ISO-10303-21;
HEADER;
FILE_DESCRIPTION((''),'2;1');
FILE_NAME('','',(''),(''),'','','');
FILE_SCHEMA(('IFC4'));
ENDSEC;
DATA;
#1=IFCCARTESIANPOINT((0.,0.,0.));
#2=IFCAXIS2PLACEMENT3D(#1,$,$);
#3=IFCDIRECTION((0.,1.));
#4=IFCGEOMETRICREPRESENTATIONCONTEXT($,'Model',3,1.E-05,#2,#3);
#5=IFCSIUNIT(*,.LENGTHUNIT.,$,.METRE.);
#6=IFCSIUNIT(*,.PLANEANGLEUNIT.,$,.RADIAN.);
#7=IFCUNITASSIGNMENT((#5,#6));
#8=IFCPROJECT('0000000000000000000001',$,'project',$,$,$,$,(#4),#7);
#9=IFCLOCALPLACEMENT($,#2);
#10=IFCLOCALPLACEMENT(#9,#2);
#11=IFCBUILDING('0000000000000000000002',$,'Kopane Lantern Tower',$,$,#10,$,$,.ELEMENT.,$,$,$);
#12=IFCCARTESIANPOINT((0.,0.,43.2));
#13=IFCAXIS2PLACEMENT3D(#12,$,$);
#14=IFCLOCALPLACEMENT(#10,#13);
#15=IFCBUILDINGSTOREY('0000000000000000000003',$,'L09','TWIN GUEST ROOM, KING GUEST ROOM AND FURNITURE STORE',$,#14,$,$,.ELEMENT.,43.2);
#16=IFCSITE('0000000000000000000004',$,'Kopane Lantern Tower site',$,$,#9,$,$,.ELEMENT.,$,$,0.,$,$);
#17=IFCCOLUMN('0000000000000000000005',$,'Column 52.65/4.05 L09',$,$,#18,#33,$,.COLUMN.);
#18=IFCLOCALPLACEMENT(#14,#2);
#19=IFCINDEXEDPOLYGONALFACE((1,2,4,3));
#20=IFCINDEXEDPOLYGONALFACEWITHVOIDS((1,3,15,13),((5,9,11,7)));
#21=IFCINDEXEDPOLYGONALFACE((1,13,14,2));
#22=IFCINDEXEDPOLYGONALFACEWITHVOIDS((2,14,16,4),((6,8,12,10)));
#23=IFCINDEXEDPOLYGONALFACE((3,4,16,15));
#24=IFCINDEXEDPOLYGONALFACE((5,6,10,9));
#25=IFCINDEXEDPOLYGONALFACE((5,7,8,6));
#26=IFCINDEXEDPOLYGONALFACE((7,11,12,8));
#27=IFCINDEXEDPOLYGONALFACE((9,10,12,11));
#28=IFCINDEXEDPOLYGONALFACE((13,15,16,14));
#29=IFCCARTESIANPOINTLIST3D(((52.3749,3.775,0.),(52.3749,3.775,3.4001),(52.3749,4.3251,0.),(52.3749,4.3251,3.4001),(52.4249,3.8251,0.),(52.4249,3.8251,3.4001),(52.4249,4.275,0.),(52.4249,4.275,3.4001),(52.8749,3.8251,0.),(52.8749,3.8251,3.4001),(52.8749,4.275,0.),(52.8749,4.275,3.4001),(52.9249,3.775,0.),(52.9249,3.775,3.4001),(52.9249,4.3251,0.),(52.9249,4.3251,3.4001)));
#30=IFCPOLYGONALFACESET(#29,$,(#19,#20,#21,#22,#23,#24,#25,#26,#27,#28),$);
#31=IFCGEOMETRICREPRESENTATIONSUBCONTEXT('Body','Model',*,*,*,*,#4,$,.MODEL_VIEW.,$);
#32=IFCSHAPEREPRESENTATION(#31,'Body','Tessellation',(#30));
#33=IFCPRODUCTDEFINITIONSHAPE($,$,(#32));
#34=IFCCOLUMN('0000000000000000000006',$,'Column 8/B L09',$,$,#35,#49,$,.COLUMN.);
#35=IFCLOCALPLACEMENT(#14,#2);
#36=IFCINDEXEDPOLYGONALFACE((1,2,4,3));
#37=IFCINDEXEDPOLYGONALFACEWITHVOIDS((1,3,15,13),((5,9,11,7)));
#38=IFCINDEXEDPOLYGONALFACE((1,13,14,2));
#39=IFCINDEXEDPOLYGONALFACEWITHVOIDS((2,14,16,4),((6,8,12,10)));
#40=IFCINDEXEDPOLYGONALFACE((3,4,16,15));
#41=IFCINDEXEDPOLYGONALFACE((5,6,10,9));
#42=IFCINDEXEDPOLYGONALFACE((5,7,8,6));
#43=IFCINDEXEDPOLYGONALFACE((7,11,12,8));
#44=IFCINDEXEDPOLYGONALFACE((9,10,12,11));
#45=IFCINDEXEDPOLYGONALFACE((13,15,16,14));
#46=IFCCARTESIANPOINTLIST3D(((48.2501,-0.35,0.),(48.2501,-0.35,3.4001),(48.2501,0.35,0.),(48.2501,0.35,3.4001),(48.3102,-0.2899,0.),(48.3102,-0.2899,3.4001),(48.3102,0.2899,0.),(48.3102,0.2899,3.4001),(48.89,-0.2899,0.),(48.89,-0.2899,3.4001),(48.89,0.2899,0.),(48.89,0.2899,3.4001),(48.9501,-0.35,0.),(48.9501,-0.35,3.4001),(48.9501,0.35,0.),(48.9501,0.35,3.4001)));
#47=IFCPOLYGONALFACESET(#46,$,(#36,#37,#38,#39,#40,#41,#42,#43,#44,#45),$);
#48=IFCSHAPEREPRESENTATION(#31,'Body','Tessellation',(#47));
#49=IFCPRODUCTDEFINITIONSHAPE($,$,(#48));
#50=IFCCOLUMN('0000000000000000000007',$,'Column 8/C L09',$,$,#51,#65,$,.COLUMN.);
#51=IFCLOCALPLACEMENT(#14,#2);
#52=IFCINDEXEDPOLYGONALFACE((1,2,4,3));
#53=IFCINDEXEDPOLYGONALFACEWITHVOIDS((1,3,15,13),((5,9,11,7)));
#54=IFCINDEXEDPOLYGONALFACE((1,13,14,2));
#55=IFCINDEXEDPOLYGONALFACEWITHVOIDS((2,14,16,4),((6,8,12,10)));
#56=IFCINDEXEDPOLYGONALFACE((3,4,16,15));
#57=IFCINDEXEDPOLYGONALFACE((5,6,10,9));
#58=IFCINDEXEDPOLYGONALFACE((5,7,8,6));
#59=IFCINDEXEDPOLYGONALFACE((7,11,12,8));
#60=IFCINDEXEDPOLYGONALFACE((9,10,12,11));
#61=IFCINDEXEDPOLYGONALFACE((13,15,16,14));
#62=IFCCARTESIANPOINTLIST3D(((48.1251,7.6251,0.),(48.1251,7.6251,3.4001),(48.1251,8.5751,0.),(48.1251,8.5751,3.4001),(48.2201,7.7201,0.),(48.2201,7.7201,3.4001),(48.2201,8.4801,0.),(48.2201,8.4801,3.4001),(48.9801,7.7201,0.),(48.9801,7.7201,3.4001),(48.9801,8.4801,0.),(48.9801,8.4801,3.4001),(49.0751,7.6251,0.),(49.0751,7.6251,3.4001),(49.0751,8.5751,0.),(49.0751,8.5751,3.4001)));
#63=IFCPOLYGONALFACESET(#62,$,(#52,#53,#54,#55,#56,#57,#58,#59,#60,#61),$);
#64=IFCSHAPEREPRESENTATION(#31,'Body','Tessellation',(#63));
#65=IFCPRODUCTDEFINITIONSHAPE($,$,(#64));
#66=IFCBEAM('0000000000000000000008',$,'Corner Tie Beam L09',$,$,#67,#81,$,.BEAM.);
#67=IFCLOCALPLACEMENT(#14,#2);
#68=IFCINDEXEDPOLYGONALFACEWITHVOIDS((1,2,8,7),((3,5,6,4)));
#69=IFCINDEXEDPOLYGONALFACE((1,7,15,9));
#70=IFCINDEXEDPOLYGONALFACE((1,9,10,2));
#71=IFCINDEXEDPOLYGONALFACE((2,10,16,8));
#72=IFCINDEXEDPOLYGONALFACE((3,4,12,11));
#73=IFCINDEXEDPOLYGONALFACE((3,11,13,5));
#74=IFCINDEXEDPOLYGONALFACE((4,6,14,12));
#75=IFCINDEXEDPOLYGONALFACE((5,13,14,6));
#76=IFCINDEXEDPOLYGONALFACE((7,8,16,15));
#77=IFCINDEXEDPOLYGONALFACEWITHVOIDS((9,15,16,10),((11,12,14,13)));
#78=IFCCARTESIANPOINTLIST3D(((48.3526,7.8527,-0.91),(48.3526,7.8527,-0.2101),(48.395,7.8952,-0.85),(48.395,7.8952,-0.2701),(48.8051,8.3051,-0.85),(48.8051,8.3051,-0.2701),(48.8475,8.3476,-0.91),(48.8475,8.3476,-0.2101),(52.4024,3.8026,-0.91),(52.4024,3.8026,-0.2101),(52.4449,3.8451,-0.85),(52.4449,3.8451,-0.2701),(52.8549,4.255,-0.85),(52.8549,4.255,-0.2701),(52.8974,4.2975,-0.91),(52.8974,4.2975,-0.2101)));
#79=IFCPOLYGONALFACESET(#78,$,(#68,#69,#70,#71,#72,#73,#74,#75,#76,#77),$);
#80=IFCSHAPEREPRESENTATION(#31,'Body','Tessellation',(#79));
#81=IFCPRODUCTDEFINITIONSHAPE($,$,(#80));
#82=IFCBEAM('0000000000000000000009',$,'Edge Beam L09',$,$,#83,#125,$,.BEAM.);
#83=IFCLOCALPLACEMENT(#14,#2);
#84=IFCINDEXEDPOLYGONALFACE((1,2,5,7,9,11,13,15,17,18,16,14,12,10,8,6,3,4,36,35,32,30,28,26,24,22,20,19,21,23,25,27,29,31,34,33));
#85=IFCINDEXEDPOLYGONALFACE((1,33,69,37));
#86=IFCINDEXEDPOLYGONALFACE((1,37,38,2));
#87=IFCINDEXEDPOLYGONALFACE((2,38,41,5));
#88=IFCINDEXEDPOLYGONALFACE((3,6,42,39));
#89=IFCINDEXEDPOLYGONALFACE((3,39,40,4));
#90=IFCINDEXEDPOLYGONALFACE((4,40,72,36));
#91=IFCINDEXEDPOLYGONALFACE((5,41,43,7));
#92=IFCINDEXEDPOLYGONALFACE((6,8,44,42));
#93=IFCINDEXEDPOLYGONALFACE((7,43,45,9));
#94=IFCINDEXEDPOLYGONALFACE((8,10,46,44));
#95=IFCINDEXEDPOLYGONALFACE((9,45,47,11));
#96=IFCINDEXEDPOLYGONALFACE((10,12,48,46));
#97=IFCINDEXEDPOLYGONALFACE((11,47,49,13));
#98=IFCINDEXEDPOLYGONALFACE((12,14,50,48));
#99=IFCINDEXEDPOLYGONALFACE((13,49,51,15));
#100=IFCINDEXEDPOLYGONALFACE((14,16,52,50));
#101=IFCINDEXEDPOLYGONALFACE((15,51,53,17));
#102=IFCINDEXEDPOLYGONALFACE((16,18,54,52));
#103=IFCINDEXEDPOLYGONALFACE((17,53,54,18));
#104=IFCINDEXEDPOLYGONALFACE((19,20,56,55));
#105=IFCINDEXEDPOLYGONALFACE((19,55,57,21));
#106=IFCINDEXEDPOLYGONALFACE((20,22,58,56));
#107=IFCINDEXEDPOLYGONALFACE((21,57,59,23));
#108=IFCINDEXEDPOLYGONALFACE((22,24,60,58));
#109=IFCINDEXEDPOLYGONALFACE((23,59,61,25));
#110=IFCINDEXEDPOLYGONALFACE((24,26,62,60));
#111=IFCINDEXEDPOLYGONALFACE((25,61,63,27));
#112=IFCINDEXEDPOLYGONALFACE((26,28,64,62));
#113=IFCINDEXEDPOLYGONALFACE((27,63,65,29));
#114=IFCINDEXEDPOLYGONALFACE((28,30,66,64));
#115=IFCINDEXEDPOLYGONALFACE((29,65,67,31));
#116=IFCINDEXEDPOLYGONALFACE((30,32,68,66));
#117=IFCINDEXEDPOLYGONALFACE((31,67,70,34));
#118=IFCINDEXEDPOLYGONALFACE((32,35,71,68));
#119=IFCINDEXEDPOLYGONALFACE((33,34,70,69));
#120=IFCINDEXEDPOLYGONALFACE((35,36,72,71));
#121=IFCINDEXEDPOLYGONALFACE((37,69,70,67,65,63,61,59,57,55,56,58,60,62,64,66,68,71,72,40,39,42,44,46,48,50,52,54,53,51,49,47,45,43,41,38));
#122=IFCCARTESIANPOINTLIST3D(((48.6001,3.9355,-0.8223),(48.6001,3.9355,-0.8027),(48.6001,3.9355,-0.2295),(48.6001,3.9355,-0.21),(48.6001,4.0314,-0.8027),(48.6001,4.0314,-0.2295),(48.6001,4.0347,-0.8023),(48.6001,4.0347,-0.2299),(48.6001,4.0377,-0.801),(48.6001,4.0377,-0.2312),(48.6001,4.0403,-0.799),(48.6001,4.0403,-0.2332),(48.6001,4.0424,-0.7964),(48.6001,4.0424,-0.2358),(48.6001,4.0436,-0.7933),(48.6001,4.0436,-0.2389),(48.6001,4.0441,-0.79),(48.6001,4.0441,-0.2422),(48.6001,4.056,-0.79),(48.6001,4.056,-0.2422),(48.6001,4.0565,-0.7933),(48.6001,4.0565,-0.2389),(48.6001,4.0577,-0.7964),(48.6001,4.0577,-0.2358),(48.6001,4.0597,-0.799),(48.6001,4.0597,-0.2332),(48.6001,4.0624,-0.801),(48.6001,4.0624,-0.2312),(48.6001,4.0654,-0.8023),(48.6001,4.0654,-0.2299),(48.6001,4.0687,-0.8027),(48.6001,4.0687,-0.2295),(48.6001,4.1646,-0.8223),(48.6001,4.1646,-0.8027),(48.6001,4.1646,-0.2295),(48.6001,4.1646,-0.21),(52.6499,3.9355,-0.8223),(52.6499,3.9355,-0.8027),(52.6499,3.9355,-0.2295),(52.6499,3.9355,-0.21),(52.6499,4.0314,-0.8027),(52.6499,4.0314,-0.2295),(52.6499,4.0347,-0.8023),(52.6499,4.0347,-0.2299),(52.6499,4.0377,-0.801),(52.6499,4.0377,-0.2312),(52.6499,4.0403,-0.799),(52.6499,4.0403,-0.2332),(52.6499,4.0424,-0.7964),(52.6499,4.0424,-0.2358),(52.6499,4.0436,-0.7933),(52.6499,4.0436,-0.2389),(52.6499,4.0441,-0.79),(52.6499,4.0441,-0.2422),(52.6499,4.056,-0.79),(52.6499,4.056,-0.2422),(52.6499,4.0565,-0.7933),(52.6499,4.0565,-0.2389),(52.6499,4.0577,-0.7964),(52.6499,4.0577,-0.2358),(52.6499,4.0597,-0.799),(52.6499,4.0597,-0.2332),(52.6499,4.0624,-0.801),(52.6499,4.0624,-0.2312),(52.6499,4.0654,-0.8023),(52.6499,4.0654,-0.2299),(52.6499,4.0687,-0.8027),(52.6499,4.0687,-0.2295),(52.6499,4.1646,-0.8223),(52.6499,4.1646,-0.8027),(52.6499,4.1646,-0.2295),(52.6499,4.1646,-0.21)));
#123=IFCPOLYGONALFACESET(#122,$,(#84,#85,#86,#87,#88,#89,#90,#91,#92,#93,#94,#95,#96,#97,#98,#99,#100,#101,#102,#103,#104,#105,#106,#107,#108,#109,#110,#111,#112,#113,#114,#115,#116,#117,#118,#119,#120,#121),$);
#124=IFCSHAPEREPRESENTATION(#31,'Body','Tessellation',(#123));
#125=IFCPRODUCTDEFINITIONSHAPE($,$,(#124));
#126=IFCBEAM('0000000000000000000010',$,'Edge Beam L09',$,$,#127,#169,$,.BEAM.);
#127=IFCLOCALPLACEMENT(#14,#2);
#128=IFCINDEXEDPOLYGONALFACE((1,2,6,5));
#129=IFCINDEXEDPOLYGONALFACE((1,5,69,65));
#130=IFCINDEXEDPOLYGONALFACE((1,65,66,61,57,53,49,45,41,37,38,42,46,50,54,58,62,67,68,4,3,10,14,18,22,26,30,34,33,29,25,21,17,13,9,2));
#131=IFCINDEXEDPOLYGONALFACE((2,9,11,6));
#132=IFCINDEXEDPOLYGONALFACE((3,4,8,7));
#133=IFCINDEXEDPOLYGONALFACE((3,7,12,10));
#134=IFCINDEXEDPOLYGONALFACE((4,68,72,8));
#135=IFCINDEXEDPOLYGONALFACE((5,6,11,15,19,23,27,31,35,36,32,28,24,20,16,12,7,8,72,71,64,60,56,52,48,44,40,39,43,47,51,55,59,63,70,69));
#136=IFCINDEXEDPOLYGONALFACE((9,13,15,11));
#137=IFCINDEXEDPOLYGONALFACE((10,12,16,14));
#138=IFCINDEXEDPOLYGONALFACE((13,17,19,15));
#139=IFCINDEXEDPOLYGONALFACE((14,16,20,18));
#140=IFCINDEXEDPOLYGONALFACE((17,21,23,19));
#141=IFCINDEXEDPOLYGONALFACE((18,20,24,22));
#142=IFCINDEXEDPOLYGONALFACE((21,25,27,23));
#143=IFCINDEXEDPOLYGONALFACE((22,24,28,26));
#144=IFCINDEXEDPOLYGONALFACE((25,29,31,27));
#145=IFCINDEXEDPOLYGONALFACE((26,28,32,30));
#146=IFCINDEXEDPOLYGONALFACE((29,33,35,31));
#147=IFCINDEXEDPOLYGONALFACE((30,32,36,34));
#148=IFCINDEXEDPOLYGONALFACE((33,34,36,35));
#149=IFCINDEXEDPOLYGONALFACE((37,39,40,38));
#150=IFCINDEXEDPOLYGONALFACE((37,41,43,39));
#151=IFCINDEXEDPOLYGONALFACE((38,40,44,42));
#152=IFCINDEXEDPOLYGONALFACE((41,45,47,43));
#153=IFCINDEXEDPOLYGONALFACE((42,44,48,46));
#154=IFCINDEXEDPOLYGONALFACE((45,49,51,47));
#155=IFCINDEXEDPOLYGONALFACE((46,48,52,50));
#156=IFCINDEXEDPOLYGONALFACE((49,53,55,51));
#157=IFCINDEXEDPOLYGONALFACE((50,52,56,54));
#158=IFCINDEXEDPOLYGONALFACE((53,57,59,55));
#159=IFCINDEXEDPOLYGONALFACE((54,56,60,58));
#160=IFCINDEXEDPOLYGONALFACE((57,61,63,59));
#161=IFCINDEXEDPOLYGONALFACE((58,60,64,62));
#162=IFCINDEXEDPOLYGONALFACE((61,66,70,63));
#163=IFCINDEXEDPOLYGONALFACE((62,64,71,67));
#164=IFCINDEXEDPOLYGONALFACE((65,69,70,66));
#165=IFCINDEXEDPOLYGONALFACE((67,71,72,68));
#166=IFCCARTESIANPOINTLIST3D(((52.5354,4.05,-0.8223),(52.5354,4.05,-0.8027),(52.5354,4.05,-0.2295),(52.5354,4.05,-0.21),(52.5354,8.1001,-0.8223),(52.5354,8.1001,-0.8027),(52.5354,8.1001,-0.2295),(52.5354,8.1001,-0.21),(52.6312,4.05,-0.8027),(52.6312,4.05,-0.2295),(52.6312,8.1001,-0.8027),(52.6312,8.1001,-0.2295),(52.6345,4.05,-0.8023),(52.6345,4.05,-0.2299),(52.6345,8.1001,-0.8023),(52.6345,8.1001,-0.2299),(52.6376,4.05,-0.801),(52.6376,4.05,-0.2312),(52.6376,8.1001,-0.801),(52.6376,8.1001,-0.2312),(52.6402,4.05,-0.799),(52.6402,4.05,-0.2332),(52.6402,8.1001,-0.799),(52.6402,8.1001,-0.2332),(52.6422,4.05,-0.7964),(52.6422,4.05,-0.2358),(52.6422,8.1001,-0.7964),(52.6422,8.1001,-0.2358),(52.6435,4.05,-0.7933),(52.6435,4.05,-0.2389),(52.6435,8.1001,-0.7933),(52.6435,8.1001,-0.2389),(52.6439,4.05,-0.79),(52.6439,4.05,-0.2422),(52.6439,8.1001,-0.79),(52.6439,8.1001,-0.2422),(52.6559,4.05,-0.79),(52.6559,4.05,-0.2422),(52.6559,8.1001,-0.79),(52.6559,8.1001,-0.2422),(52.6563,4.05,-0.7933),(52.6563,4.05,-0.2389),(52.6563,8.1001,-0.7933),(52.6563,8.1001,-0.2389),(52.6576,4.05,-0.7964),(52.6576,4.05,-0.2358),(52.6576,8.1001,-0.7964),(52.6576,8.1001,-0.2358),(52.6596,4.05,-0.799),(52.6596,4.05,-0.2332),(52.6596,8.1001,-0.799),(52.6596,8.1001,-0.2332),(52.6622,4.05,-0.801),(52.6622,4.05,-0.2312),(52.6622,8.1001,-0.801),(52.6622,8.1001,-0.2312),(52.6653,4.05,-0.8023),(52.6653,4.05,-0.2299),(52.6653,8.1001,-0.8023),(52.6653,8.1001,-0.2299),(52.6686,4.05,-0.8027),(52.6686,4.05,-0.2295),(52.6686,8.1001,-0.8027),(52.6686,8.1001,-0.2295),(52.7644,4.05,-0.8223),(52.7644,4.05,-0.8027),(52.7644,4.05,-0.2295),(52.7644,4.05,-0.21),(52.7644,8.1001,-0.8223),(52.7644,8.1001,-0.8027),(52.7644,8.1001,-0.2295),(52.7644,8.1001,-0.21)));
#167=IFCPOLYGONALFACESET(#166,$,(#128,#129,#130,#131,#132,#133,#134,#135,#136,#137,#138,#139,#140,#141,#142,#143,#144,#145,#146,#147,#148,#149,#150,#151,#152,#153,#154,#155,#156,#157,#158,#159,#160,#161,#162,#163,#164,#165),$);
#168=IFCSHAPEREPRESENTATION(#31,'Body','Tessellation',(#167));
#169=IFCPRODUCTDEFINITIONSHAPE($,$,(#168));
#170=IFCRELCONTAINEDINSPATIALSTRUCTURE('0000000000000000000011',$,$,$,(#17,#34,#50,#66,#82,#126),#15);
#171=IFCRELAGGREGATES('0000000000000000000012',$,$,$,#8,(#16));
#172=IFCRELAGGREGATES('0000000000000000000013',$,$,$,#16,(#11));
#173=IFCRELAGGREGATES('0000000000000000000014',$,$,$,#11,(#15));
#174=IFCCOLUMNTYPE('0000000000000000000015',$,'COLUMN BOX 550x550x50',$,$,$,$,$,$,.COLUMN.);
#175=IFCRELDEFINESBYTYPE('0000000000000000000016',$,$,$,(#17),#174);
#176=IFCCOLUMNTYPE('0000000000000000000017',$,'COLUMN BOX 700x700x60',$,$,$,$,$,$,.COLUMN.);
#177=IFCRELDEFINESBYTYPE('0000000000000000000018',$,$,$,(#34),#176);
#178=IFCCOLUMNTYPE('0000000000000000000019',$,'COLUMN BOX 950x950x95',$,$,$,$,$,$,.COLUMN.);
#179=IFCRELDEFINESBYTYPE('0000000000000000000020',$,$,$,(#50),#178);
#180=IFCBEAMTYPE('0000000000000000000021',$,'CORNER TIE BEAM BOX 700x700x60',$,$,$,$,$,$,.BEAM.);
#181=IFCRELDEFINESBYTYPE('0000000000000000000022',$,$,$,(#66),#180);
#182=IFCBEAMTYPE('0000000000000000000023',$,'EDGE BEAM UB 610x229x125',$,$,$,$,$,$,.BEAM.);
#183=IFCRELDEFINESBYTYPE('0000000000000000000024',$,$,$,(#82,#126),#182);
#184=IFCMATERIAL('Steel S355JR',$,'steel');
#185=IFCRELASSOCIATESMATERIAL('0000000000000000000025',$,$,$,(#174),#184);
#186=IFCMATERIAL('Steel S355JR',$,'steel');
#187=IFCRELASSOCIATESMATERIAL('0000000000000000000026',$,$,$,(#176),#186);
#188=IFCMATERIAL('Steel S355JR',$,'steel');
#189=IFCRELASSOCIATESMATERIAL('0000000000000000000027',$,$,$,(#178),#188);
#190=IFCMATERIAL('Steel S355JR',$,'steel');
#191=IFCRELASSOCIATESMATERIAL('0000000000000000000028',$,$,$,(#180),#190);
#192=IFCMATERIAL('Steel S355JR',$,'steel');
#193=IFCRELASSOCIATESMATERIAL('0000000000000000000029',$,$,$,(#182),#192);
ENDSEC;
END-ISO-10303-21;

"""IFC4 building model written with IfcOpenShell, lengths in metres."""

from ifc_helpers import new_model, si_unit, direction, frame, origin, origin_2d, place, context, subcontext, project, spatial, hollow_rectangle, i_section, extrude, material, material_profile, profile_set, type_object, element, save


model = new_model("IFC4")

# Units and contexts
model_context = context("Model", 3, precision=1e-05, world=origin(), true_north=direction((0.0, 1.0)))
body_context = subcontext(model_context, "Body", "Model", "MODEL_VIEW")
ifc_project = project(units=[si_unit("LENGTHUNIT", "METRE"), si_unit("PLANEANGLEUNIT", "RADIAN")], contexts=[model_context])

# Site, building, storey
site_placement = place(None, origin())
site = spatial("IfcSite", under=ifc_project, at=site_placement, Name="Kopane Lantern Tower site", CompositionType="ELEMENT", RefElevation=0.0)
building_placement = place(site_placement, origin())
building = spatial("IfcBuilding", under=site, at=building_placement, Name="Kopane Lantern Tower", CompositionType="ELEMENT")
storey_placement = place(building_placement, frame((0.0, 0.0, 43.2)))
storey = spatial("IfcBuildingStorey", under=building, at=storey_placement, Name="L09", Description="TWIN GUEST ROOM, KING GUEST ROOM AND FURNITURE STORE", CompositionType="ELEMENT", Elevation=43.2)

# Columns
ifc_material_1 = material(Name="Steel S355JR", Category="steel")
ifc_material_profile_1 = material_profile(ifc_material_1, hollow_rectangle(XDim=0.55, YDim=0.55, WallThickness=0.05, at=origin_2d()), Name="BOX 550x550x50")
ifc_profile_set_1 = profile_set([ifc_material_profile_1], Name="Steel S355JR")
column_type_1 = type_object("IfcColumnType", Name="COLUMN BOX 550x550x50", PredefinedType="COLUMN", material=ifc_profile_set_1)
column_1_placement = place(storey_placement, frame((52.6499, 4.05, 0.0), z_axis=(0.0, 0.0, 1.0), x_axis=(1.0, 0.0, 0.0)))
element("IfcColumn", 1, at=column_1_placement, inside=storey, type_object=column_type_1, Name="Column 52.65/4.05 L09", PredefinedType="COLUMN", context=body_context, shape_type="SweptSolid", body=[
    extrude(hollow_rectangle(XDim=0.55, YDim=0.55, WallThickness=0.05, at=origin_2d()), origin(), (0.0, 0.0, 1.0), 3.4001),
])
ifc_material_2 = material(Name="Steel S355JR", Category="steel")
ifc_material_profile_2 = material_profile(ifc_material_2, hollow_rectangle(XDim=0.7, YDim=0.7, WallThickness=0.0601, at=origin_2d()), Name="BOX 700x700x60")
ifc_profile_set_2 = profile_set([ifc_material_profile_2], Name="Steel S355JR")
column_type_2 = type_object("IfcColumnType", Name="COLUMN BOX 700x700x60", PredefinedType="COLUMN", material=ifc_profile_set_2)
column_2_placement = place(storey_placement, frame((48.6001, 0.0, 0.0), z_axis=(0.0, 0.0, 1.0), x_axis=(1.0, 0.0, 0.0)))
element("IfcColumn", 2, at=column_2_placement, inside=storey, type_object=column_type_2, Name="Column 8/B L09", PredefinedType="COLUMN", context=body_context, shape_type="SweptSolid", body=[
    extrude(hollow_rectangle(XDim=0.7, YDim=0.7, WallThickness=0.0601, at=origin_2d()), origin(), (0.0, 0.0, 1.0), 3.4001),
])
ifc_material_3 = material(Name="Steel S355JR", Category="steel")
ifc_material_profile_3 = material_profile(ifc_material_3, hollow_rectangle(XDim=0.95, YDim=0.95, WallThickness=0.095, at=origin_2d()), Name="BOX 950x950x95")
ifc_profile_set_3 = profile_set([ifc_material_profile_3], Name="Steel S355JR")
column_type_3 = type_object("IfcColumnType", Name="COLUMN BOX 950x950x95", PredefinedType="COLUMN", material=ifc_profile_set_3)
column_3_placement = place(storey_placement, frame((48.6001, 8.1001, 0.0), z_axis=(0.0, 0.0, 1.0), x_axis=(1.0, 0.0, 0.0)))
element("IfcColumn", 3, at=column_3_placement, inside=storey, type_object=column_type_3, Name="Column 8/C L09", PredefinedType="COLUMN", context=body_context, shape_type="SweptSolid", body=[
    extrude(hollow_rectangle(XDim=0.95, YDim=0.95, WallThickness=0.095, at=origin_2d()), origin(), (0.0, 0.0, 1.0), 3.4001),
])

# Beams
ifc_material_4 = material(Name="Steel S355JR", Category="steel")
ifc_material_profile_4 = material_profile(ifc_material_4, hollow_rectangle(XDim=0.7, YDim=0.7, WallThickness=0.0601, at=origin_2d()), Name="BOX 700x700x60")
ifc_profile_set_4 = profile_set([ifc_material_profile_4], Name="Steel S355JR")
beam_type_1 = type_object("IfcBeamType", Name="CORNER TIE BEAM BOX 700x700x60", PredefinedType="BEAM", material=ifc_profile_set_4)
beam_1_placement = place(storey_placement, frame((52.6499, 4.05, -0.5601), z_axis=(-0.707085, 0.707128, 0.0), x_axis=(-0.707128, -0.707085, 0.0)))
element("IfcBeam", 4, at=beam_1_placement, inside=storey, type_object=beam_type_1, Name="Corner Tie Beam L09", PredefinedType="BEAM", context=body_context, shape_type="SweptSolid", body=[
    extrude(hollow_rectangle(XDim=0.7, YDim=0.7, WallThickness=0.0601, at=origin_2d()), origin(), (0.0, 0.0, 1.0), 5.7275),
])
ifc_material_5 = material(Name="Steel S355JR", Category="steel")
ifc_material_profile_5 = material_profile(ifc_material_5, i_section(OverallWidth=0.229, OverallDepth=0.6123, WebThickness=0.012, FlangeThickness=0.0195, FilletRadius=0.0127, at=origin_2d()), Name="UB 610x229x125")
ifc_profile_set_5 = profile_set([ifc_material_profile_5], Name="Steel S355JR")
beam_type_2 = type_object("IfcBeamType", Name="EDGE BEAM UB 610x229x125", PredefinedType="BEAM", material=ifc_profile_set_5)
beam_2_placement = place(storey_placement, frame((52.6499, 4.05, -0.5161), z_axis=(-1.0, 0.0, 0.0), x_axis=(0.0, -1.0, 0.0)))
element("IfcBeam", 5, at=beam_2_placement, inside=storey, type_object=beam_type_2, Name="Edge Beam L09", PredefinedType="BEAM", context=body_context, shape_type="SweptSolid", body=[
    extrude(i_section(OverallWidth=0.229, OverallDepth=0.6123, WebThickness=0.012, FlangeThickness=0.0195, FilletRadius=0.0127, at=origin_2d()), origin(), (0.0, 0.0, 1.0), 4.0498),
])
beam_3_placement = place(storey_placement, frame((52.6499, 4.05, -0.5161), z_axis=(0.0, 1.0, 0.0), x_axis=(-1.0, 0.0, 0.0)))
element("IfcBeam", 6, at=beam_3_placement, inside=storey, type_object=beam_type_2, Name="Edge Beam L09", PredefinedType="BEAM", context=body_context, shape_type="SweptSolid", body=[
    extrude(i_section(OverallWidth=0.229, OverallDepth=0.6123, WebThickness=0.012, FlangeThickness=0.0195, FilletRadius=0.0127, at=origin_2d()), origin(), (0.0, 0.0, 1.0), 4.05),
])

save(model, "model.ifc")
